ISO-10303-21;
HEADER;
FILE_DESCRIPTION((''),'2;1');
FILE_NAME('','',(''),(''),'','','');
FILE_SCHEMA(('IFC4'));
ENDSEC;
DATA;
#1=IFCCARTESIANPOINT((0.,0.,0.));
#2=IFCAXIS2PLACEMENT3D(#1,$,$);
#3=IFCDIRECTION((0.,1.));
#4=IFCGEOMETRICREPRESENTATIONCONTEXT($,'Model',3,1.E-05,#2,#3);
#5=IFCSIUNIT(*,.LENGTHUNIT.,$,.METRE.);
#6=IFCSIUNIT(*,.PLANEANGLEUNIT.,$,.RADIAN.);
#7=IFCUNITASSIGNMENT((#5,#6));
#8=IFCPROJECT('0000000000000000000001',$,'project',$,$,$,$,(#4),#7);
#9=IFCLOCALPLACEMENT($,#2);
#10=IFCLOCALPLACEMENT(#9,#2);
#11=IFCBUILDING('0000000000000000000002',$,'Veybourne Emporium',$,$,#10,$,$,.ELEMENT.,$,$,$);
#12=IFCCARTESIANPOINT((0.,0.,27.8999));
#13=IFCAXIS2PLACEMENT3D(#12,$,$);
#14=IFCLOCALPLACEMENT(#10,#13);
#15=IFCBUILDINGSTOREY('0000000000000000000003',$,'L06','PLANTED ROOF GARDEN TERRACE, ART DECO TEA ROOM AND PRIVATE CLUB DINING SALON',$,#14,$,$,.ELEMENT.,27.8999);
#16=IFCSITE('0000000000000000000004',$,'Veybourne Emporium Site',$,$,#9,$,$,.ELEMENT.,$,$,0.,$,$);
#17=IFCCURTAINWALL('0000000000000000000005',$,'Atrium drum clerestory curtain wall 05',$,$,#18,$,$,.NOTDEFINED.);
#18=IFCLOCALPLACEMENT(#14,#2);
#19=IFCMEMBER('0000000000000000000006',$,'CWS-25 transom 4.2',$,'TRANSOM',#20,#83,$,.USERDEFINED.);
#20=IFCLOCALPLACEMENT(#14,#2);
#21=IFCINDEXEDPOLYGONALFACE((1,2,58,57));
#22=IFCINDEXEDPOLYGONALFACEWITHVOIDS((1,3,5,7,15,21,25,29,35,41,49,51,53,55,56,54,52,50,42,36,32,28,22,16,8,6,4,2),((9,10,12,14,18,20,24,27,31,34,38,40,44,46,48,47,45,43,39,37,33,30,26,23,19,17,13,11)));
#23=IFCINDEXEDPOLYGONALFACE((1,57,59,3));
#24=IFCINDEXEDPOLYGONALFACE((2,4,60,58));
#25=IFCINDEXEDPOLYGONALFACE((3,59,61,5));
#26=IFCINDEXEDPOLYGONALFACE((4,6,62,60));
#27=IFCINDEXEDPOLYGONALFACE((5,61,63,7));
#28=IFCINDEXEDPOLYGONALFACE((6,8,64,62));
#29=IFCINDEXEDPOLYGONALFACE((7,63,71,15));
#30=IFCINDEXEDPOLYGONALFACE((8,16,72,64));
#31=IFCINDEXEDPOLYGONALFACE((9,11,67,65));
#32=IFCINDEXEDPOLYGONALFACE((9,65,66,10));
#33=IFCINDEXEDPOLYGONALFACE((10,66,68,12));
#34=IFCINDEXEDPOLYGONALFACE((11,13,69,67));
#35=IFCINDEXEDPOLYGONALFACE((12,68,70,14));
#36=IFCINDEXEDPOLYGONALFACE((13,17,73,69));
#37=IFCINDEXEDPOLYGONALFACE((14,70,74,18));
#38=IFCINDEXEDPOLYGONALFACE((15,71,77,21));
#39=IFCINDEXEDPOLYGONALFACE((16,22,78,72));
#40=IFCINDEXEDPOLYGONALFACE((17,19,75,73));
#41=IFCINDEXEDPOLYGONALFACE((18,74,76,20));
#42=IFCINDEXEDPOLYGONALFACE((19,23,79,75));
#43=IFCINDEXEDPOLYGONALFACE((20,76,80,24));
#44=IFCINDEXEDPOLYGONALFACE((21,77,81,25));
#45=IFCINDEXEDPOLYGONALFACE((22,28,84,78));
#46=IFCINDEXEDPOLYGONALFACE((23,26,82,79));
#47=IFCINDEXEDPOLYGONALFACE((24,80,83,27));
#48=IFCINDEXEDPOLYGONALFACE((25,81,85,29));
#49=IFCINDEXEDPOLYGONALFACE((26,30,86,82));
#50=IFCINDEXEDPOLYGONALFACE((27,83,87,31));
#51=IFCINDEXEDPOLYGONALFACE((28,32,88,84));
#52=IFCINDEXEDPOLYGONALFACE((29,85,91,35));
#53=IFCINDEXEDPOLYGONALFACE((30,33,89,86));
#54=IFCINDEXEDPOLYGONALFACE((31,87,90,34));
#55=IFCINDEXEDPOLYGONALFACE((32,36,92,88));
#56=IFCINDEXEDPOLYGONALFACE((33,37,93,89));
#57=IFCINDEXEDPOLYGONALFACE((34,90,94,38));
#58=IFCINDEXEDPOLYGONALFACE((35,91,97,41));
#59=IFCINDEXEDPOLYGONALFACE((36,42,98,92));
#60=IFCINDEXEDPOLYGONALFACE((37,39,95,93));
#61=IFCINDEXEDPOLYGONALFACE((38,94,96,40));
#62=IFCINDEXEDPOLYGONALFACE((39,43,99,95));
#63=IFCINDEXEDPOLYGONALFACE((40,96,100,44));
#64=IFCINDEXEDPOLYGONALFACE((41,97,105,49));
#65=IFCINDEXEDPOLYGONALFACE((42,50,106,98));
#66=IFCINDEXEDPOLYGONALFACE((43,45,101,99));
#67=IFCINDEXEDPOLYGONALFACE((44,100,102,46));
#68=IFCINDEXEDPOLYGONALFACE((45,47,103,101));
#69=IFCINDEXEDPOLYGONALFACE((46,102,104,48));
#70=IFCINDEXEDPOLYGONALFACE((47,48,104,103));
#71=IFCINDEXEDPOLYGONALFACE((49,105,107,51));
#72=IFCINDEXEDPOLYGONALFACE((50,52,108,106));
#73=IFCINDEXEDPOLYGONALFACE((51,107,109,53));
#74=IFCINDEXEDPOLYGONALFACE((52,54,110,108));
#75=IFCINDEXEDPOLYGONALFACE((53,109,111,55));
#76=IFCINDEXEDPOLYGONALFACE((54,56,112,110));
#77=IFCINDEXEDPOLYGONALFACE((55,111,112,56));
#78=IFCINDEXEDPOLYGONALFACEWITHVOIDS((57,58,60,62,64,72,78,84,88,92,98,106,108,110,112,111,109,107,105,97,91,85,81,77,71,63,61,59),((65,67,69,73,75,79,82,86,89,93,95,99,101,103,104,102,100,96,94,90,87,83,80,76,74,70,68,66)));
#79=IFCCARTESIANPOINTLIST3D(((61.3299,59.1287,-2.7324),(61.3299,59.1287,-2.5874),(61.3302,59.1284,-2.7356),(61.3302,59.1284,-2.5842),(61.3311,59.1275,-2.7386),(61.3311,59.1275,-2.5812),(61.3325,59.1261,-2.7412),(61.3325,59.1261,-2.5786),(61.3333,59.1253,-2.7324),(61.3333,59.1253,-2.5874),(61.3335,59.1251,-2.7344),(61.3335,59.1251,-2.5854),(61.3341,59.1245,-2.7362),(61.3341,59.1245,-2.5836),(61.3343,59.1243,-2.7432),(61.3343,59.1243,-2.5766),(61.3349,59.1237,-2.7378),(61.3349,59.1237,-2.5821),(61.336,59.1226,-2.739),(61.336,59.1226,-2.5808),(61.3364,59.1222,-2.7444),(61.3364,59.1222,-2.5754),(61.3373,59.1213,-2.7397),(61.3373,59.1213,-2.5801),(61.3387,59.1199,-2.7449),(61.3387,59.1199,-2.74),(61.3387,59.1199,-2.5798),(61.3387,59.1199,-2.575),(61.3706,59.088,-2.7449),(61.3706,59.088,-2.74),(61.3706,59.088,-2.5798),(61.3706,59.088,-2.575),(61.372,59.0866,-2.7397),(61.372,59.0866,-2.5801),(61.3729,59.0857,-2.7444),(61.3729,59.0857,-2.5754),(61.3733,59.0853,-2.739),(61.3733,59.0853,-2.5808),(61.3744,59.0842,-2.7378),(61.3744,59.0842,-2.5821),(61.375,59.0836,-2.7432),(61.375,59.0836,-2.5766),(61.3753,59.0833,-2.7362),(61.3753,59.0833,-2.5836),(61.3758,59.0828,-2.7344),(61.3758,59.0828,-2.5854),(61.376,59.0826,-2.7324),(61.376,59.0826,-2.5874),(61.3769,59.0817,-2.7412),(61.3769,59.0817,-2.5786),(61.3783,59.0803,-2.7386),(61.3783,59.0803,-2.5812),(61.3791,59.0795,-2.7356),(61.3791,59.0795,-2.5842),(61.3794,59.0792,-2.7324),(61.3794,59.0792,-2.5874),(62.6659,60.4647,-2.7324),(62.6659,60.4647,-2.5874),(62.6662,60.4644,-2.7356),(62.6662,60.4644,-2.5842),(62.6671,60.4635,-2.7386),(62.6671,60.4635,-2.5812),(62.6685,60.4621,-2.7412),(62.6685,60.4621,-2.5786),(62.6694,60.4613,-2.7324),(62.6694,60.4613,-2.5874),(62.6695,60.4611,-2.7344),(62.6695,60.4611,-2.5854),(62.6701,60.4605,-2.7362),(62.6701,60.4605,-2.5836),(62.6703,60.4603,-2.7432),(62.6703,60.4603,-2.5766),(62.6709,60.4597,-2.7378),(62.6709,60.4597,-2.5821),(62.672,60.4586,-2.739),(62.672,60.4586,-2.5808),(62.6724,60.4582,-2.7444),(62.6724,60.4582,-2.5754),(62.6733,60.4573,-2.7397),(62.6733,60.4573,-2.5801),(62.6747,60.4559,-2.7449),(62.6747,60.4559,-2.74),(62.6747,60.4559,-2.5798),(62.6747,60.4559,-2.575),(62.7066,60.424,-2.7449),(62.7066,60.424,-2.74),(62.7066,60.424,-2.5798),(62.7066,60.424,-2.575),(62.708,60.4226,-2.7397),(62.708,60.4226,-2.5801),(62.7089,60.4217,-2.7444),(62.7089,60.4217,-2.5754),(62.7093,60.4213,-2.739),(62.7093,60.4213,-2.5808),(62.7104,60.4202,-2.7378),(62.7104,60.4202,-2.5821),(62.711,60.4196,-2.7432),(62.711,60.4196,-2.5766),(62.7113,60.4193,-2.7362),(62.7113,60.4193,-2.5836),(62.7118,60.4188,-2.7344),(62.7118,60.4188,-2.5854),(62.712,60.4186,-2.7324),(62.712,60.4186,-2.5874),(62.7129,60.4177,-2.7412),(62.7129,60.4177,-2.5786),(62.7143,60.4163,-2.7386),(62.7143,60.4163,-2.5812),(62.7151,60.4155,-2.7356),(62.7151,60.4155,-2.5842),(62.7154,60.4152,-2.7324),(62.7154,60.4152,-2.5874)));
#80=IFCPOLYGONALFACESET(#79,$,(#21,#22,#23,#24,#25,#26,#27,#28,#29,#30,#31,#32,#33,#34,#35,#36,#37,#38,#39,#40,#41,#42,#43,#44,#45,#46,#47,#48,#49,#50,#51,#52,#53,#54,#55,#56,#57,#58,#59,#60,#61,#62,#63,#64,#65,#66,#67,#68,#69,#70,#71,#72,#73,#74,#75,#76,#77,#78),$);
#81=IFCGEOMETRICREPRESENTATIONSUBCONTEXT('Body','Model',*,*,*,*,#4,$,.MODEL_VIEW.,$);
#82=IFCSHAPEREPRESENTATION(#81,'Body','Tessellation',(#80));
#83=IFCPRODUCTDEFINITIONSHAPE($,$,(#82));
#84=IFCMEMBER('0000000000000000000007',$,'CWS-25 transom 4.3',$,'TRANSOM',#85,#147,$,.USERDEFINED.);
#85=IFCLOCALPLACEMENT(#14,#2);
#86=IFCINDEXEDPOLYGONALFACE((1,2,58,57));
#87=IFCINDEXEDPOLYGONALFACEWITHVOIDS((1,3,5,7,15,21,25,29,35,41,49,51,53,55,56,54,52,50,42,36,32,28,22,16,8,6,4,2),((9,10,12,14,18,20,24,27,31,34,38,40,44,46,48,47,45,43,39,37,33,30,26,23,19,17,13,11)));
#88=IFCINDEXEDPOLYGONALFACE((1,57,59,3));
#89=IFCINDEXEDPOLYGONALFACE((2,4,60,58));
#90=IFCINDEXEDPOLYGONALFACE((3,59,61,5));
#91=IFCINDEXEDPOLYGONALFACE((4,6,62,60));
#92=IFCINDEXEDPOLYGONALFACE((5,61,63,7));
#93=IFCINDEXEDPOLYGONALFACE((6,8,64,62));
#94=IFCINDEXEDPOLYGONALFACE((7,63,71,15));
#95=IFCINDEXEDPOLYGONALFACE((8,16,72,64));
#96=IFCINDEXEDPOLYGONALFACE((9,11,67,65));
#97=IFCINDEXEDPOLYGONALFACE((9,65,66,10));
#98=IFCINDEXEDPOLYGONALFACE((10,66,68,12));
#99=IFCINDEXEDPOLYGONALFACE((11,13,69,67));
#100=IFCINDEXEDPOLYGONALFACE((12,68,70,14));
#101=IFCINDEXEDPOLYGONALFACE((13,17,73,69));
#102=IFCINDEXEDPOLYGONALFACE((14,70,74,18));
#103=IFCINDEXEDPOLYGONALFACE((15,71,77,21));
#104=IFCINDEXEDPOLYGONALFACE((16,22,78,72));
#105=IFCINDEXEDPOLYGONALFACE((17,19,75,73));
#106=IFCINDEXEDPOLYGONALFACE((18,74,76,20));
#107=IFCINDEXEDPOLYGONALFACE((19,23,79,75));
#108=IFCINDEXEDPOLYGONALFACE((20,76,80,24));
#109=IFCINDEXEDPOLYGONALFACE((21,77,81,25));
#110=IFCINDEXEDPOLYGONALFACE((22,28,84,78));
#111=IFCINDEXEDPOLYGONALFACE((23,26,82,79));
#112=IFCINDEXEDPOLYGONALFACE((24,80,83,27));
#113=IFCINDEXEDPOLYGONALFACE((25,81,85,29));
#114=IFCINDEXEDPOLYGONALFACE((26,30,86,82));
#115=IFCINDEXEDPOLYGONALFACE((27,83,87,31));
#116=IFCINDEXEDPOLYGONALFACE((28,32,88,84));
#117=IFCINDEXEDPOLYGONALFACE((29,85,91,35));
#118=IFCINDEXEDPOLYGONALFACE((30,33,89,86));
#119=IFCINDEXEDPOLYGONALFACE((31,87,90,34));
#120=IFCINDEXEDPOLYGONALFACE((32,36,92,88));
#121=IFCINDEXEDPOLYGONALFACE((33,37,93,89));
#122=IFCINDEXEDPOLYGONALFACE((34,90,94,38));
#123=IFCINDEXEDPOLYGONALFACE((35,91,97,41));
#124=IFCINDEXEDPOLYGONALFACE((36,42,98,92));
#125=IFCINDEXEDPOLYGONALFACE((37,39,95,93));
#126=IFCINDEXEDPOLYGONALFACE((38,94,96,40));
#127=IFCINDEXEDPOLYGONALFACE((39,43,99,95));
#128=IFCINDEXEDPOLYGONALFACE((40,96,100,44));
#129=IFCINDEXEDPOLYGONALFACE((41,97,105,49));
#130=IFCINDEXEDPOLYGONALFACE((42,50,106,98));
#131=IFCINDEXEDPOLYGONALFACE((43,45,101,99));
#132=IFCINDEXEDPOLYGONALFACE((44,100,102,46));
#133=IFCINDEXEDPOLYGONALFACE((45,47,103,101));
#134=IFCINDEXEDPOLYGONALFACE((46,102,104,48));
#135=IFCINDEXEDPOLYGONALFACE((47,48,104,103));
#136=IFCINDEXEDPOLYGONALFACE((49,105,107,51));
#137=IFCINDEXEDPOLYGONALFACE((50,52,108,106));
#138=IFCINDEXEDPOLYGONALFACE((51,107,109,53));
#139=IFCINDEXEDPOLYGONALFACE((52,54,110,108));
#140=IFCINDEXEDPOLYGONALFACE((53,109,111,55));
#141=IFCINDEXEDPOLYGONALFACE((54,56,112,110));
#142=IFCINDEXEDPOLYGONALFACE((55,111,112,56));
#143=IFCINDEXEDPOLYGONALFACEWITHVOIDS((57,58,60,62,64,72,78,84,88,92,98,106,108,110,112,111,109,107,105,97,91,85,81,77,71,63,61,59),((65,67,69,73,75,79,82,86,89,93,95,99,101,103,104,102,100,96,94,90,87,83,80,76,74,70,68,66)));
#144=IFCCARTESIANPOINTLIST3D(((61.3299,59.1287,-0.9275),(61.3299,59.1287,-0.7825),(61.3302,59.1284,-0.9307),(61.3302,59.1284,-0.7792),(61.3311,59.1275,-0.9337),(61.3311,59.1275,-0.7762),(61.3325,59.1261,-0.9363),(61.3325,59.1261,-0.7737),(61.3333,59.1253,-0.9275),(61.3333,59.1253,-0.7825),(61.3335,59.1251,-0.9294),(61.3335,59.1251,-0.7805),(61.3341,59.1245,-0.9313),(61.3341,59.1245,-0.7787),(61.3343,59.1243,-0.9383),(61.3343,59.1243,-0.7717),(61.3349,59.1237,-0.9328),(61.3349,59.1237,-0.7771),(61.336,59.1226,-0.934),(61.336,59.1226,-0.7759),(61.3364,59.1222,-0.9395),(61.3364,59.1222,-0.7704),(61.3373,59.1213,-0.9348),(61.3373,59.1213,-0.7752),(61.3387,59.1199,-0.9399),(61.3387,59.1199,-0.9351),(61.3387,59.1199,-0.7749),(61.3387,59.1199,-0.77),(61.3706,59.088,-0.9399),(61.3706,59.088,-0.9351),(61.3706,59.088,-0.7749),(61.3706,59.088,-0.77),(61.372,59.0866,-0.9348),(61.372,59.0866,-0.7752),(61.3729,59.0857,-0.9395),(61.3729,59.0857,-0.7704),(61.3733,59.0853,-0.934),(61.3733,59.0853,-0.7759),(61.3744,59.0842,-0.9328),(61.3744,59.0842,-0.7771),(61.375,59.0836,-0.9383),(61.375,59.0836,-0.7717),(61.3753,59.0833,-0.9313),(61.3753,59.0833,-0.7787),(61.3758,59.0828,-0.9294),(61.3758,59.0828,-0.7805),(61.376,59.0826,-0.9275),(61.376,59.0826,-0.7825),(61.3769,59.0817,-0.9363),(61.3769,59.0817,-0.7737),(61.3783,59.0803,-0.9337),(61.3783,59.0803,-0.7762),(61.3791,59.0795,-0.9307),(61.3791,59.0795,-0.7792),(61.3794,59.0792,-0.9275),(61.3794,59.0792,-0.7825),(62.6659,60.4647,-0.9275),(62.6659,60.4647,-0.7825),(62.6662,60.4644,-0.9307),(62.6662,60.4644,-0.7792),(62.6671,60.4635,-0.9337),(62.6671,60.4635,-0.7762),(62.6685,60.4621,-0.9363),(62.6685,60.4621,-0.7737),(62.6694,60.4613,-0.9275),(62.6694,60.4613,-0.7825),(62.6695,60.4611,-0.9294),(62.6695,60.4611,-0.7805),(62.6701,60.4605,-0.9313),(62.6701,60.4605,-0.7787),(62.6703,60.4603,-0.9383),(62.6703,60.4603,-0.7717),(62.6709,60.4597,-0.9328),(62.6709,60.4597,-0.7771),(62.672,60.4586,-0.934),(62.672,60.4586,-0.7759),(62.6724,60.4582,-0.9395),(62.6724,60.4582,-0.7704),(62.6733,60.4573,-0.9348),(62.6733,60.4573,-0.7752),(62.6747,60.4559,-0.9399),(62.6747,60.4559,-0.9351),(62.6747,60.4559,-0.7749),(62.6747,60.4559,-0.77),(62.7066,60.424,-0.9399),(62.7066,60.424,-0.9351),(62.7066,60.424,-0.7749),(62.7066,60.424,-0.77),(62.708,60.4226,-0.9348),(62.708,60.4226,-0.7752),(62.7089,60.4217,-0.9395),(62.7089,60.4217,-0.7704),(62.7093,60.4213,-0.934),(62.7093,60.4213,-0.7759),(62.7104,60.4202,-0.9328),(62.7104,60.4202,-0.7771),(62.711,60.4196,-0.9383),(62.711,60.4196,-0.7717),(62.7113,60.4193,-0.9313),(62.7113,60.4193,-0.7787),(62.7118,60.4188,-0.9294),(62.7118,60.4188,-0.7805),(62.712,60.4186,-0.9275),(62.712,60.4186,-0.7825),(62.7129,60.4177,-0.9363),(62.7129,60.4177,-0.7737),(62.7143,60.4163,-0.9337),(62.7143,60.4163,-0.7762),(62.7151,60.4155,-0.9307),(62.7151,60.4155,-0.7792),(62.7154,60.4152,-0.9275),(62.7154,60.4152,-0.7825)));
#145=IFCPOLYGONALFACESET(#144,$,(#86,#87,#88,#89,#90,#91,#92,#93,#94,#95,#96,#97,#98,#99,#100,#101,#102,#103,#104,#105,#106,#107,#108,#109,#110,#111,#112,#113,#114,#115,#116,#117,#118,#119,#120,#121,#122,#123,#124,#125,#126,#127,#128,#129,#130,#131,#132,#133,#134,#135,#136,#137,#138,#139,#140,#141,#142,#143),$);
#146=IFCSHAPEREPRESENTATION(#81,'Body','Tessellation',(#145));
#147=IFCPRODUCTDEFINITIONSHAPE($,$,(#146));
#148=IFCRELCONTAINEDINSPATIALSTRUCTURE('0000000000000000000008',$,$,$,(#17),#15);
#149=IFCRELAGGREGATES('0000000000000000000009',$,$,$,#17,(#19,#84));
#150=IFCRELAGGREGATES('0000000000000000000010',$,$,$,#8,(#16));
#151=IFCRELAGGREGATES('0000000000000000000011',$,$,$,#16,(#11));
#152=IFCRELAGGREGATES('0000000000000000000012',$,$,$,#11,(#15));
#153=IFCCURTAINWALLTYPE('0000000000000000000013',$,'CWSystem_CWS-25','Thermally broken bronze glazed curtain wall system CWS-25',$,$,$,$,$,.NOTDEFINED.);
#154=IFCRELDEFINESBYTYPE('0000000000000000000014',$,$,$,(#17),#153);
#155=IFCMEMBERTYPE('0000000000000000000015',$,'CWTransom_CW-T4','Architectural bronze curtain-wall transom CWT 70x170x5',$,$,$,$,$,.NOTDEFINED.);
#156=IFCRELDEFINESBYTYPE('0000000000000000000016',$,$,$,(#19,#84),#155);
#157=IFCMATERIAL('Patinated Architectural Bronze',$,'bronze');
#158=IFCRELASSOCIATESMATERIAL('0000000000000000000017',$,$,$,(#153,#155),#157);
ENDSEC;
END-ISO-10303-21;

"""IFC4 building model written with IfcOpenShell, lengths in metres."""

from ifc_helpers import new_model, si_unit, direction, frame, origin, origin_2d, place, context, subcontext, project, spatial, hollow_rectangle, extrude, material, material_profile, profile_set, type_object, element, aggregate, save


model = new_model("IFC4")

# Units and contexts
model_context = context("Model", 3, precision=1e-05, world=origin(), true_north=direction((0.0, 1.0)))
body_context = subcontext(model_context, "Body", "Model", "MODEL_VIEW")
ifc_project = project(units=[si_unit("LENGTHUNIT", "METRE"), si_unit("PLANEANGLEUNIT", "RADIAN")], contexts=[model_context])

# Site, building, storey
site_placement = place(None, origin())
site = spatial("IfcSite", under=ifc_project, at=site_placement, Name="Veybourne Emporium Site", CompositionType="ELEMENT", RefElevation=0.0)
building_placement = place(site_placement, origin())
building = spatial("IfcBuilding", under=site, at=building_placement, Name="Veybourne Emporium", CompositionType="ELEMENT")
storey_placement = place(building_placement, frame((0.0, 0.0, 27.8999)))
storey = spatial("IfcBuildingStorey", under=building, at=storey_placement, Name="L06", Description="PLANTED ROOF GARDEN TERRACE, ART DECO TEA ROOM AND PRIVATE CLUB DINING SALON", CompositionType="ELEMENT", Elevation=27.8999)

# Curtain wall
ifc_material_1 = material(Name="Patinated Architectural Bronze", Category="bronze")
curtain_wall_type_1 = type_object("IfcCurtainWallType", Name="CWSystem_CWS-25", Description="Thermally broken bronze glazed curtain wall system CWS-25", PredefinedType="NOTDEFINED", material=ifc_material_1)
curtain_wall_1_placement = place(storey_placement, origin())
curtain_wall_1 = element("IfcCurtainWall", 1, at=curtain_wall_1_placement, inside=storey, type_object=curtain_wall_type_1, Name="Atrium drum clerestory curtain wall 05", PredefinedType="NOTDEFINED")

# Members
ifc_material_profile_1 = material_profile(ifc_material_1, hollow_rectangle(XDim=0.0701, YDim=0.1699, WallThickness=0.0049, InnerFilletRadius=0.0076, OuterFilletRadius=0.0125, at=origin_2d()), Name="CWT 70x170x5")
ifc_profile_set_1 = profile_set([ifc_material_profile_1], Name="Patinated Architectural Bronze")
member_type_1 = type_object("IfcMemberType", Name="CWTransom_CW-T4", Description="Architectural bronze curtain-wall transom CWT 70x170x5", PredefinedType="NOTDEFINED", material=ifc_profile_set_1)
member_1_placement = place(storey_placement, frame((62.6907, 60.4399, -2.6599), z_axis=(-0.707107, -0.707107, 0.0), x_axis=(0.707107, -0.707107, 0.0)))
member_1 = element("IfcMember", 2, at=member_1_placement, type_object=member_type_1, Name="CWS-25 transom 4.2", ObjectType="TRANSOM", PredefinedType="USERDEFINED", context=body_context, shape_type="SweptSolid", body=[
    extrude(hollow_rectangle(XDim=0.0701, YDim=0.1699, WallThickness=0.0049, InnerFilletRadius=0.0076, OuterFilletRadius=0.0125, at=origin_2d()), origin(), (0.0, 0.0, 1.0), 1.8894),
])
member_2_placement = place(storey_placement, frame((62.6907, 60.4399, -0.855), z_axis=(-0.707107, -0.707107, 0.0), x_axis=(0.707107, -0.707107, 0.0)))
member_2 = element("IfcMember", 3, at=member_2_placement, type_object=member_type_1, Name="CWS-25 transom 4.3", ObjectType="TRANSOM", PredefinedType="USERDEFINED", context=body_context, shape_type="SweptSolid", body=[
    extrude(hollow_rectangle(XDim=0.0701, YDim=0.1699, WallThickness=0.0049, InnerFilletRadius=0.0076, OuterFilletRadius=0.0125, at=origin_2d()), origin(), (0.0, 0.0, 1.0), 1.8894),
])

aggregate(curtain_wall_1, [member_1, member_2])

save(model, "model.ifc")
